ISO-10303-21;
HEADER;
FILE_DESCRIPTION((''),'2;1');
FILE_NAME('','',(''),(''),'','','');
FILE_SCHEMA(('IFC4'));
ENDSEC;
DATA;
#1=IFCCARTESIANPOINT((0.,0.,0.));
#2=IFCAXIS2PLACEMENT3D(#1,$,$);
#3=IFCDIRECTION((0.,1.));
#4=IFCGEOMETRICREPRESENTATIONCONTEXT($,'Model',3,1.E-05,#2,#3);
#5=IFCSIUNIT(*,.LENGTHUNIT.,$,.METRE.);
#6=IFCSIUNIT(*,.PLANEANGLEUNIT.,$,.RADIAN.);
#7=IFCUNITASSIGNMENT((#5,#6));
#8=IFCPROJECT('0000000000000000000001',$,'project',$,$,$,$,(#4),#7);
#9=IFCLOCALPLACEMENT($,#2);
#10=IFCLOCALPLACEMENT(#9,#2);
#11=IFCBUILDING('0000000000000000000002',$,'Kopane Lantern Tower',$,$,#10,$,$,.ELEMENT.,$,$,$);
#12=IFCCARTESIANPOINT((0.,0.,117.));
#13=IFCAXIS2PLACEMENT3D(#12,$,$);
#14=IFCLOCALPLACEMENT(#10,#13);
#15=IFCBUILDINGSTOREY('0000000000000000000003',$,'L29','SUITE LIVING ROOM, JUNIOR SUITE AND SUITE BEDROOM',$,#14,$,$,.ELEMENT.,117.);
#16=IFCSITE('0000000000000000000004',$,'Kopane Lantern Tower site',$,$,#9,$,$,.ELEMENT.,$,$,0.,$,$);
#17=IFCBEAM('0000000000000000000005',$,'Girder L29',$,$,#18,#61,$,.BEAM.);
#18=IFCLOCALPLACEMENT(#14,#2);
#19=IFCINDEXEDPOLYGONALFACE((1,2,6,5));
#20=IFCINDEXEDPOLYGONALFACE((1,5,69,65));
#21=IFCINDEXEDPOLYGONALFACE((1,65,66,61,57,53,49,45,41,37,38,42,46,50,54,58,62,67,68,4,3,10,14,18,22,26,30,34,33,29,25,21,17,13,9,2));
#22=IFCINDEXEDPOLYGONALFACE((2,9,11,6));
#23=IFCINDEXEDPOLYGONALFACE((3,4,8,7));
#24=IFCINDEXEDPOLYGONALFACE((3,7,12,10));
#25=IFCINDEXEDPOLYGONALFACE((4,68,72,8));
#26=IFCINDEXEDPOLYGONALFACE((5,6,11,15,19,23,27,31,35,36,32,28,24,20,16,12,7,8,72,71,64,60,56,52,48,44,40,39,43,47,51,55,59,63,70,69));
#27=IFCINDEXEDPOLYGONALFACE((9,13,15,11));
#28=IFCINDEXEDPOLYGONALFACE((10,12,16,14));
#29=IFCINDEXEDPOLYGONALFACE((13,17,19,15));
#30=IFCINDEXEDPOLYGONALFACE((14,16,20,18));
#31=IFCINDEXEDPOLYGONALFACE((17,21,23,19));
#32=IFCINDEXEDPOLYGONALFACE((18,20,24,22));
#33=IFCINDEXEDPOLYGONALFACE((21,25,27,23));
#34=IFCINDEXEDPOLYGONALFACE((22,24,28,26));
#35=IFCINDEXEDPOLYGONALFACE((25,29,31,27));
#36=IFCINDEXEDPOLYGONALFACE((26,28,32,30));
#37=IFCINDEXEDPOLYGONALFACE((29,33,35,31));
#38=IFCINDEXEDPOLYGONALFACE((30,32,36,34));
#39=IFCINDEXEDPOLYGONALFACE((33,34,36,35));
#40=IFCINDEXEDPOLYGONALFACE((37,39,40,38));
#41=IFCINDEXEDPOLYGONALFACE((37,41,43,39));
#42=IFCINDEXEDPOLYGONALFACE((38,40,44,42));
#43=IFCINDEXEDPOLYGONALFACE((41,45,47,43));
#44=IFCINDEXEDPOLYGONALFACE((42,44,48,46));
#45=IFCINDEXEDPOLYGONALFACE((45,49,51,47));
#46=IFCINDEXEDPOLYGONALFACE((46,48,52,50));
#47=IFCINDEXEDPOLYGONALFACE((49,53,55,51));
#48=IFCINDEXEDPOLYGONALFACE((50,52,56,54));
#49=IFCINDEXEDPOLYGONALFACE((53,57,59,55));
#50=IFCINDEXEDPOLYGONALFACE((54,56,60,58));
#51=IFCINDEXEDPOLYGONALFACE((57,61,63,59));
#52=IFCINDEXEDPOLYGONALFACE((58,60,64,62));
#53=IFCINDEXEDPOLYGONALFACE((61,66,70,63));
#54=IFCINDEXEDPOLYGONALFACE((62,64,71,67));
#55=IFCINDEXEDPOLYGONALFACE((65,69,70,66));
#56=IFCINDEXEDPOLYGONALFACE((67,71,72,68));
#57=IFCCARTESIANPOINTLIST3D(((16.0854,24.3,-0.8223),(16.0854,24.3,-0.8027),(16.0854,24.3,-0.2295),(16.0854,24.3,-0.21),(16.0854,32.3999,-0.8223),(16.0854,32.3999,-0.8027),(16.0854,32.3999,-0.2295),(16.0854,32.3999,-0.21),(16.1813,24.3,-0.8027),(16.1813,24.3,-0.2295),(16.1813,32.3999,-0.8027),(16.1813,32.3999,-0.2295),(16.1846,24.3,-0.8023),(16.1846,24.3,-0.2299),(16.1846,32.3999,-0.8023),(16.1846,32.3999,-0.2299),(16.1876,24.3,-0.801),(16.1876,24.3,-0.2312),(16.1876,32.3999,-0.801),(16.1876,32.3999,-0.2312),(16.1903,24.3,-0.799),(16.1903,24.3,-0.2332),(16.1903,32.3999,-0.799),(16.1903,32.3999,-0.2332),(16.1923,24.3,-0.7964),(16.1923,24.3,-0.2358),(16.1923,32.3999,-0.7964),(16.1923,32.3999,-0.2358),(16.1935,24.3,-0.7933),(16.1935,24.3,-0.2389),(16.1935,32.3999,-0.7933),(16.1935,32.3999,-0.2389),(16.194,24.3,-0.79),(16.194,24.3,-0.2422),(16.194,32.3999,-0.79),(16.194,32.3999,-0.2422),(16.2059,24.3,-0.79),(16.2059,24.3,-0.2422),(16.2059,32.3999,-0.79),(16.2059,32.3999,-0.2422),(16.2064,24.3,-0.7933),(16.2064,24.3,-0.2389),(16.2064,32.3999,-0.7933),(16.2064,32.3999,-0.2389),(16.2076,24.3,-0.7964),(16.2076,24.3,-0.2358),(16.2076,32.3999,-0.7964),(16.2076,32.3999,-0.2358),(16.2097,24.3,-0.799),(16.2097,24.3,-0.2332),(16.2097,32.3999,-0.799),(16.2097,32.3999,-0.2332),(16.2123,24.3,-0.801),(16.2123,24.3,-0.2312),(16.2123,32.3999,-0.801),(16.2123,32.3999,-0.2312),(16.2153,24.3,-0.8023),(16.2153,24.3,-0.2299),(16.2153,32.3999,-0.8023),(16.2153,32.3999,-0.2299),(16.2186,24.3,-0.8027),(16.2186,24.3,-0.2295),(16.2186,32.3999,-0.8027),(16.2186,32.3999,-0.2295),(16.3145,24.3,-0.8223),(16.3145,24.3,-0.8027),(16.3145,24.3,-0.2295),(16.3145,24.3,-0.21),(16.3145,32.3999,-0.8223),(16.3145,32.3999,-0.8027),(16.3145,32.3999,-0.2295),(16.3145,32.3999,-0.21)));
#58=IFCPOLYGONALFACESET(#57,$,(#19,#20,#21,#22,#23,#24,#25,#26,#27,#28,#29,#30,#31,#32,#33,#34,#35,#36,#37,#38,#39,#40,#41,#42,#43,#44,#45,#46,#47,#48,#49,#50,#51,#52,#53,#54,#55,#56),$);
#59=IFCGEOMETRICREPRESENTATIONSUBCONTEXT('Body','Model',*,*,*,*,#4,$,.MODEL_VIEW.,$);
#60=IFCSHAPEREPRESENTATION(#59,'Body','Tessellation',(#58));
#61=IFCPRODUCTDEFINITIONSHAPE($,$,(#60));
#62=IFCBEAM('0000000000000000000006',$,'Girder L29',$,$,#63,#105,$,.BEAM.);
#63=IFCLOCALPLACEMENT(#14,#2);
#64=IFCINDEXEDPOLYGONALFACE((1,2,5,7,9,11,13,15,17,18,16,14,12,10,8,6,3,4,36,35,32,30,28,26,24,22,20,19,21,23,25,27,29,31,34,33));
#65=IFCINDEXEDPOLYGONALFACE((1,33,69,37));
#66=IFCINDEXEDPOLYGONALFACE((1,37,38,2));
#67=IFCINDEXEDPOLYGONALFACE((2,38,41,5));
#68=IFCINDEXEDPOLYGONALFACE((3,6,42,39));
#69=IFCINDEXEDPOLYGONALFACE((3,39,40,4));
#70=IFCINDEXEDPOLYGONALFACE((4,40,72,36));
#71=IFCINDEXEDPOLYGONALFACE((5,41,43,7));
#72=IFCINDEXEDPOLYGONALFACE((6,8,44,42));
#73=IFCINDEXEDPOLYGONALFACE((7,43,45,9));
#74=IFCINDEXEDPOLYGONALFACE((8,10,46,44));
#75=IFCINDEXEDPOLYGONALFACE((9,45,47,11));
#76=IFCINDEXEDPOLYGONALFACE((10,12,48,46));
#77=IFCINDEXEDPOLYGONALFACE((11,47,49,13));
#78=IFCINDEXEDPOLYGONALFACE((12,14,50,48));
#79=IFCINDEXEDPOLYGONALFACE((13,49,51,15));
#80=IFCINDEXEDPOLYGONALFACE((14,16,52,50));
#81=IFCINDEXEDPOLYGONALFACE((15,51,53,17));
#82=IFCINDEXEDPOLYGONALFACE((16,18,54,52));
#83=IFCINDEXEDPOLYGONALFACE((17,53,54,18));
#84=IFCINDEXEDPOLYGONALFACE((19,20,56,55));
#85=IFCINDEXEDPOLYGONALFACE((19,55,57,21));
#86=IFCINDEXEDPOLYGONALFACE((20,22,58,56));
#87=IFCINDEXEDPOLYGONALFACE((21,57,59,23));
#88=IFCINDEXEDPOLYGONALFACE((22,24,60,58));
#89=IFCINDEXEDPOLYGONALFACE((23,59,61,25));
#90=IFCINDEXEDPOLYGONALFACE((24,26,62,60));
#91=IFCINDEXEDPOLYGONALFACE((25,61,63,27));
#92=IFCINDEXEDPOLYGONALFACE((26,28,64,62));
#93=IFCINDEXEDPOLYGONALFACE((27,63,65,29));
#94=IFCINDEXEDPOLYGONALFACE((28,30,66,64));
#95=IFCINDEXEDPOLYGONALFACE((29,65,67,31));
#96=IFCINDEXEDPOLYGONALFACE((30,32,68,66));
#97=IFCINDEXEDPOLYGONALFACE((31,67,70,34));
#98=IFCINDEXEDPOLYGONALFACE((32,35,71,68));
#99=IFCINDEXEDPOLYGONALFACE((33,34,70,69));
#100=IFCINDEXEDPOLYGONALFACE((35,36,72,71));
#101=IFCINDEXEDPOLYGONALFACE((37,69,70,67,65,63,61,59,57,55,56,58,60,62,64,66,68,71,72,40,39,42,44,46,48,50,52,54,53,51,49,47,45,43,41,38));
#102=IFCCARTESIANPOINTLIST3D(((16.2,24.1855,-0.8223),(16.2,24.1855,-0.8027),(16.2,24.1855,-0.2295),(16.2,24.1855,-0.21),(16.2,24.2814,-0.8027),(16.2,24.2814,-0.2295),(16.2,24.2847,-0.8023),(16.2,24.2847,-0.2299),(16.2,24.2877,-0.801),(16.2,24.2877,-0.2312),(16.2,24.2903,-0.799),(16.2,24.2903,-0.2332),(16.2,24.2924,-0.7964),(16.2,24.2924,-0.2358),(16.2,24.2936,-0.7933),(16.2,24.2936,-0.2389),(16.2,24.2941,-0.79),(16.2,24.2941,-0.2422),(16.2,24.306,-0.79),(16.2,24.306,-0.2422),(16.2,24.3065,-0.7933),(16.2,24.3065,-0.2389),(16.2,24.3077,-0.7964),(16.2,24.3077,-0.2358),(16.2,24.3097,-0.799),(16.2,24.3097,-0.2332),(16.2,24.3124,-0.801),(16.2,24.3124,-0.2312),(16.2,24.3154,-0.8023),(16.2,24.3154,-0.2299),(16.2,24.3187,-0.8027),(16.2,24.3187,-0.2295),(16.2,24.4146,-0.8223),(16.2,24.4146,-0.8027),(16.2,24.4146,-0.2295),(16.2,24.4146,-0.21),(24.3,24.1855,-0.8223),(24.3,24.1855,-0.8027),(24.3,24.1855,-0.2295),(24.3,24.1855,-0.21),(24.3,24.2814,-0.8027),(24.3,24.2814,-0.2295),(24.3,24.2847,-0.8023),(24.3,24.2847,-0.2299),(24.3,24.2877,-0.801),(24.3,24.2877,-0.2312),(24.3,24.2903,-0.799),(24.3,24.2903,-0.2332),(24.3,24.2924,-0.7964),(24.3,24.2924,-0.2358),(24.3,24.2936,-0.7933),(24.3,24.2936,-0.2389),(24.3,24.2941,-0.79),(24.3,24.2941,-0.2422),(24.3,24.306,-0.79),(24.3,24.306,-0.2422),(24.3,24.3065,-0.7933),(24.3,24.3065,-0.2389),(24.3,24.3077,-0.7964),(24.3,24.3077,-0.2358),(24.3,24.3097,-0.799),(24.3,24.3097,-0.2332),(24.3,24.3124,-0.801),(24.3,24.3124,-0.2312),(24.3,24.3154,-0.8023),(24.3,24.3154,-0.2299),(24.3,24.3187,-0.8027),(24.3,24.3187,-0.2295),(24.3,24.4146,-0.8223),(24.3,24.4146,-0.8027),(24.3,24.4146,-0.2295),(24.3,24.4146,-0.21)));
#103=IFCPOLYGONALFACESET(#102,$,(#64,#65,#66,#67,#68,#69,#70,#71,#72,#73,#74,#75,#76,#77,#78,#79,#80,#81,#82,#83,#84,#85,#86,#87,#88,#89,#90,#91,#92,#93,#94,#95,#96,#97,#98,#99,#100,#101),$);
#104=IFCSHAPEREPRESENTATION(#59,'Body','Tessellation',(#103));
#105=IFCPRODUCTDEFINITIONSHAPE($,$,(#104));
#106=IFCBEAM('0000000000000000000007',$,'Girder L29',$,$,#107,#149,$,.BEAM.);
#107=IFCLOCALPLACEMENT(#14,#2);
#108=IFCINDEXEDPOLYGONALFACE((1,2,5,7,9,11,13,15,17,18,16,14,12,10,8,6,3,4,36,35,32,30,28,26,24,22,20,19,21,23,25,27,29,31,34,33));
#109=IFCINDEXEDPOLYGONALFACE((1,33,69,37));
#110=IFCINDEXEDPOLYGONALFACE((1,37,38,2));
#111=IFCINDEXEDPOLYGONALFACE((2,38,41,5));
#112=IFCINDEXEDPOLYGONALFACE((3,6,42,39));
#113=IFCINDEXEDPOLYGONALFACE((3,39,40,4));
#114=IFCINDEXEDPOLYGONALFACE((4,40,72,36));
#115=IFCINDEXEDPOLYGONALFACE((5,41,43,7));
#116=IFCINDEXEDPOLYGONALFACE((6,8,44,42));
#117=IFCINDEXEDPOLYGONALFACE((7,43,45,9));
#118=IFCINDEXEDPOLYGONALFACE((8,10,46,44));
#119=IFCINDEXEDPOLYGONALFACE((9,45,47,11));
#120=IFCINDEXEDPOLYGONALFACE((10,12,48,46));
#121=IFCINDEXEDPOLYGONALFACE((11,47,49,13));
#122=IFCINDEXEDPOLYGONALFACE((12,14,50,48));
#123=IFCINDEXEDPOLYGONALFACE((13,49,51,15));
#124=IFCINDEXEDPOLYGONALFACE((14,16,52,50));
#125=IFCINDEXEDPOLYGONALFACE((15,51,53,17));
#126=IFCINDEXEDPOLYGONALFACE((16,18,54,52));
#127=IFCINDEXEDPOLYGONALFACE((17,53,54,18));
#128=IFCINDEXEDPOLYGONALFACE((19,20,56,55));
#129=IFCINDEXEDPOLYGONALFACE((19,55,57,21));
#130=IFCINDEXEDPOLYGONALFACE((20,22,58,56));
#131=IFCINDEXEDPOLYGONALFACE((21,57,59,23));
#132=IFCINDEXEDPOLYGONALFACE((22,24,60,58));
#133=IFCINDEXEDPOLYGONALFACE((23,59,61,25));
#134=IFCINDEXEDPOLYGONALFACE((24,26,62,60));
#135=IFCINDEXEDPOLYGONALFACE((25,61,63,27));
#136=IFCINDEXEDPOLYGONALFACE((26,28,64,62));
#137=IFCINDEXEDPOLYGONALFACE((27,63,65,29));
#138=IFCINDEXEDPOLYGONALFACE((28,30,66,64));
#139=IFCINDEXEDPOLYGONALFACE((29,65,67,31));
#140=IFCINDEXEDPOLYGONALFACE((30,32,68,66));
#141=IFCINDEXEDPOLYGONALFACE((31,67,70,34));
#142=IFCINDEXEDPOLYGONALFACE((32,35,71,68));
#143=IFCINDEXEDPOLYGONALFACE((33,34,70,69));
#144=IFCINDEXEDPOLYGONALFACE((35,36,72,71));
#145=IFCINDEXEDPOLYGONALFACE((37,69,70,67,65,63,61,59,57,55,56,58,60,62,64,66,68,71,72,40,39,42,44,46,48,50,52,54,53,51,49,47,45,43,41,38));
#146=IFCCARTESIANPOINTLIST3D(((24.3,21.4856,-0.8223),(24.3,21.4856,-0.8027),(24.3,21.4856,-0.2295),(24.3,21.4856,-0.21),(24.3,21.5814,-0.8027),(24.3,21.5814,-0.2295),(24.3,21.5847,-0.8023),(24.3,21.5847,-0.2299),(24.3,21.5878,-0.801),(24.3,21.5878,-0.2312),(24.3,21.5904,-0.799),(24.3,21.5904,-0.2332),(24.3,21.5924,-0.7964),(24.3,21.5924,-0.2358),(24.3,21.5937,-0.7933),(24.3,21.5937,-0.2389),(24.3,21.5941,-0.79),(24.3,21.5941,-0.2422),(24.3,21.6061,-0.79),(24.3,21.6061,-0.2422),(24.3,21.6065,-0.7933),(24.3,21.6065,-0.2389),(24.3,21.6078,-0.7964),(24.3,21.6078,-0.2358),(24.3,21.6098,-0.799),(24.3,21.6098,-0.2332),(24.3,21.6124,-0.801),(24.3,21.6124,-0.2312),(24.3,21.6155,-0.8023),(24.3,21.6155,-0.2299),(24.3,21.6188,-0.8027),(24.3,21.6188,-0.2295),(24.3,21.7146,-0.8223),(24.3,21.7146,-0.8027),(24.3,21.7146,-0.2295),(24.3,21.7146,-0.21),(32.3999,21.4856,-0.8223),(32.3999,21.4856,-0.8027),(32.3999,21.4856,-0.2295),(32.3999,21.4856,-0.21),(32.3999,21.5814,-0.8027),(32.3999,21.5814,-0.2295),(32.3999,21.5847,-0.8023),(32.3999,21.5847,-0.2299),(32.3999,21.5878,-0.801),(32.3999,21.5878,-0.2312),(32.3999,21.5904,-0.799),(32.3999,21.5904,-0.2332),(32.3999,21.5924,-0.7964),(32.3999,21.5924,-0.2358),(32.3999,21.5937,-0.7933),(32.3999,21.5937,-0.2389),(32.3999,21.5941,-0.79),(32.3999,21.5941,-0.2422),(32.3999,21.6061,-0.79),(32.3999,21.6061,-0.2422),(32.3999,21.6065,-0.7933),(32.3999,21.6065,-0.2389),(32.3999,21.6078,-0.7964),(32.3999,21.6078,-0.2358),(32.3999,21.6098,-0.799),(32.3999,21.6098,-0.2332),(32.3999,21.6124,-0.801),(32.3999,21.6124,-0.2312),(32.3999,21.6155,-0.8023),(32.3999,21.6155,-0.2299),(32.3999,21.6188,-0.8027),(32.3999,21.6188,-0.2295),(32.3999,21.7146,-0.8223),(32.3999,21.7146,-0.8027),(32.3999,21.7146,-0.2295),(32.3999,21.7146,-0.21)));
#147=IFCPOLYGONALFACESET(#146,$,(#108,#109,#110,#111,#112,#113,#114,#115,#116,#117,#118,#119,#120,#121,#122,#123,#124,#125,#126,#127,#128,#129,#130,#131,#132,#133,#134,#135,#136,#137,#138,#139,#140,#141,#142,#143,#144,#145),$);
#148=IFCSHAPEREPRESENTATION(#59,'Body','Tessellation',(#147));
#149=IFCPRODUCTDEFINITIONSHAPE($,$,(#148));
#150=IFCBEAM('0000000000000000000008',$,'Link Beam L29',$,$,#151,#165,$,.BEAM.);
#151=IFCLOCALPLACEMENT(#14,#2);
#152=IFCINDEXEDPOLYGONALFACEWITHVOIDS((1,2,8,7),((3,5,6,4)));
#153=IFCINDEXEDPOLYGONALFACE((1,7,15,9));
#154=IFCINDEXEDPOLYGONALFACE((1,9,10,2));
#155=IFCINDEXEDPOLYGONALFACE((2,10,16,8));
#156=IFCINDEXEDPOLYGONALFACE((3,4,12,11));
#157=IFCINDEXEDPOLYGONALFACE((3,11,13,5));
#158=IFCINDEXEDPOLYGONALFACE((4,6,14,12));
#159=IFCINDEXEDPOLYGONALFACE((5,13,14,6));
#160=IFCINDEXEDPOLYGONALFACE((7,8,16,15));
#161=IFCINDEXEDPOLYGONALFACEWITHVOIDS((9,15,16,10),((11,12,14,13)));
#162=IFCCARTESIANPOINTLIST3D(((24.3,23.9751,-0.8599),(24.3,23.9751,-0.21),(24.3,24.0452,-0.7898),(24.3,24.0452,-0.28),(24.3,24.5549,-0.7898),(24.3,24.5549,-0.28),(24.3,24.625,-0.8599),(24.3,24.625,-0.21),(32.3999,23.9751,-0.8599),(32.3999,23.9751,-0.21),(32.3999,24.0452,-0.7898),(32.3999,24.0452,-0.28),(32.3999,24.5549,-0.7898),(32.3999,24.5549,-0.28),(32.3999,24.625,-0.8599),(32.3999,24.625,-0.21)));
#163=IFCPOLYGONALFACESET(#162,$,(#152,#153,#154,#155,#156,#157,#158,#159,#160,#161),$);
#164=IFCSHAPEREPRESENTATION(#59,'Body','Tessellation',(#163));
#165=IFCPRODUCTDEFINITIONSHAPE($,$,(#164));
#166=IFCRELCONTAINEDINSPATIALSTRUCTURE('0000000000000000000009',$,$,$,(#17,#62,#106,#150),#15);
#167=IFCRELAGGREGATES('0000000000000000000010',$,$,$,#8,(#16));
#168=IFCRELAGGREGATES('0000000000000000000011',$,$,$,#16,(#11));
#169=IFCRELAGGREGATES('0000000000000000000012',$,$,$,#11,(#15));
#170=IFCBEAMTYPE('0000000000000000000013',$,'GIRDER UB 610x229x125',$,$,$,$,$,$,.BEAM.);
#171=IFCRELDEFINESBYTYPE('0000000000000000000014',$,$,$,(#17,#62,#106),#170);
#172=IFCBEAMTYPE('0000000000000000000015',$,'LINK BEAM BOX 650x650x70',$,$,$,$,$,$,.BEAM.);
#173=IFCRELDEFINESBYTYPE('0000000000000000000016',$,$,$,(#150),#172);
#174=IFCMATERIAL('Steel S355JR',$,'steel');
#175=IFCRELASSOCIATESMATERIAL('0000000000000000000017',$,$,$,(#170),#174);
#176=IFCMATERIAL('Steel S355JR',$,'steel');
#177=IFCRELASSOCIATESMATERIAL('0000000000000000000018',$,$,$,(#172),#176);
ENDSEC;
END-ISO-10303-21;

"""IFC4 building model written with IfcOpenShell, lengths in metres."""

from ifc_helpers import new_model, si_unit, direction, frame, origin, origin_2d, place, context, subcontext, project, spatial, hollow_rectangle, i_section, extrude, material, material_profile, profile_set, type_object, element, save


model = new_model("IFC4")

# Units and contexts
model_context = context("Model", 3, precision=1e-05, world=origin(), true_north=direction((0.0, 1.0)))
body_context = subcontext(model_context, "Body", "Model", "MODEL_VIEW")
ifc_project = project(units=[si_unit("LENGTHUNIT", "METRE"), si_unit("PLANEANGLEUNIT", "RADIAN")], contexts=[model_context])

# Site, building, storey
site_placement = place(None, origin())
site = spatial("IfcSite", under=ifc_project, at=site_placement, Name="Kopane Lantern Tower site", CompositionType="ELEMENT", RefElevation=0.0)
building_placement = place(site_placement, origin())
building = spatial("IfcBuilding", under=site, at=building_placement, Name="Kopane Lantern Tower", CompositionType="ELEMENT")
storey_placement = place(building_placement, frame((0.0, 0.0, 117.0)))
storey = spatial("IfcBuildingStorey", under=building, at=storey_placement, Name="L29", Description="SUITE LIVING ROOM, JUNIOR SUITE AND SUITE BEDROOM", CompositionType="ELEMENT", Elevation=117.0)

# Beams
ifc_material_1 = material(Name="Steel S355JR", Category="steel")
ifc_material_profile_1 = material_profile(ifc_material_1, i_section(OverallWidth=0.229, OverallDepth=0.6123, WebThickness=0.012, FlangeThickness=0.0195, FilletRadius=0.0127, at=origin_2d()), Name="UB 610x229x125")
ifc_profile_set_1 = profile_set([ifc_material_profile_1], Name="Steel S355JR")
beam_type_1 = type_object("IfcBeamType", Name="GIRDER UB 610x229x125", PredefinedType="BEAM", material=ifc_profile_set_1)
beam_1_placement = place(storey_placement, frame((16.2, 24.3, -0.5161), z_axis=(0.0, 1.0, 0.0), x_axis=(-1.0, 0.0, 0.0)))
element("IfcBeam", 1, at=beam_1_placement, inside=storey, type_object=beam_type_1, Name="Girder L29", PredefinedType="BEAM", context=body_context, shape_type="SweptSolid", body=[
    extrude(i_section(OverallWidth=0.229, OverallDepth=0.6123, WebThickness=0.012, FlangeThickness=0.0195, FilletRadius=0.0127, at=origin_2d()), origin(), (0.0, 0.0, 1.0), 8.0999),
])
beam_2_placement = place(storey_placement, frame((16.2, 24.3, -0.5161), z_axis=(1.0, 0.0, 0.0), x_axis=(0.0, 1.0, 0.0)))
element("IfcBeam", 2, at=beam_2_placement, inside=storey, type_object=beam_type_1, Name="Girder L29", PredefinedType="BEAM", context=body_context, shape_type="SweptSolid", body=[
    extrude(i_section(OverallWidth=0.229, OverallDepth=0.6123, WebThickness=0.012, FlangeThickness=0.0195, FilletRadius=0.0127, at=origin_2d()), origin(), (0.0, 0.0, 1.0), 8.1001),
])
beam_3_placement = place(storey_placement, frame((24.3, 21.6001, -0.5161), z_axis=(1.0, 0.0, 0.0), x_axis=(0.0, 1.0, 0.0)))
element("IfcBeam", 3, at=beam_3_placement, inside=storey, type_object=beam_type_1, Name="Girder L29", PredefinedType="BEAM", context=body_context, shape_type="SweptSolid", body=[
    extrude(i_section(OverallWidth=0.229, OverallDepth=0.6123, WebThickness=0.012, FlangeThickness=0.0195, FilletRadius=0.0127, at=origin_2d()), origin(), (0.0, 0.0, 1.0), 8.0999),
])
ifc_material_2 = material(Name="Steel S355JR", Category="steel")
ifc_material_profile_2 = material_profile(ifc_material_2, hollow_rectangle(XDim=0.6499, YDim=0.6499, WallThickness=0.0701, at=origin_2d()), Name="BOX 650x650x70")
ifc_profile_set_2 = profile_set([ifc_material_profile_2], Name="Steel S355JR")
beam_type_2 = type_object("IfcBeamType", Name="LINK BEAM BOX 650x650x70", PredefinedType="BEAM", material=ifc_profile_set_2)
beam_4_placement = place(storey_placement, frame((24.3, 24.3, -0.5349), z_axis=(1.0, 0.0, 0.0), x_axis=(0.0, 1.0, 0.0)))
element("IfcBeam", 4, at=beam_4_placement, inside=storey, type_object=beam_type_2, Name="Link Beam L29", PredefinedType="BEAM", context=body_context, shape_type="SweptSolid", body=[
    extrude(hollow_rectangle(XDim=0.6499, YDim=0.6499, WallThickness=0.0701, at=origin_2d()), origin(), (0.0, 0.0, 1.0), 8.0999),
])

save(model, "model.ifc")
